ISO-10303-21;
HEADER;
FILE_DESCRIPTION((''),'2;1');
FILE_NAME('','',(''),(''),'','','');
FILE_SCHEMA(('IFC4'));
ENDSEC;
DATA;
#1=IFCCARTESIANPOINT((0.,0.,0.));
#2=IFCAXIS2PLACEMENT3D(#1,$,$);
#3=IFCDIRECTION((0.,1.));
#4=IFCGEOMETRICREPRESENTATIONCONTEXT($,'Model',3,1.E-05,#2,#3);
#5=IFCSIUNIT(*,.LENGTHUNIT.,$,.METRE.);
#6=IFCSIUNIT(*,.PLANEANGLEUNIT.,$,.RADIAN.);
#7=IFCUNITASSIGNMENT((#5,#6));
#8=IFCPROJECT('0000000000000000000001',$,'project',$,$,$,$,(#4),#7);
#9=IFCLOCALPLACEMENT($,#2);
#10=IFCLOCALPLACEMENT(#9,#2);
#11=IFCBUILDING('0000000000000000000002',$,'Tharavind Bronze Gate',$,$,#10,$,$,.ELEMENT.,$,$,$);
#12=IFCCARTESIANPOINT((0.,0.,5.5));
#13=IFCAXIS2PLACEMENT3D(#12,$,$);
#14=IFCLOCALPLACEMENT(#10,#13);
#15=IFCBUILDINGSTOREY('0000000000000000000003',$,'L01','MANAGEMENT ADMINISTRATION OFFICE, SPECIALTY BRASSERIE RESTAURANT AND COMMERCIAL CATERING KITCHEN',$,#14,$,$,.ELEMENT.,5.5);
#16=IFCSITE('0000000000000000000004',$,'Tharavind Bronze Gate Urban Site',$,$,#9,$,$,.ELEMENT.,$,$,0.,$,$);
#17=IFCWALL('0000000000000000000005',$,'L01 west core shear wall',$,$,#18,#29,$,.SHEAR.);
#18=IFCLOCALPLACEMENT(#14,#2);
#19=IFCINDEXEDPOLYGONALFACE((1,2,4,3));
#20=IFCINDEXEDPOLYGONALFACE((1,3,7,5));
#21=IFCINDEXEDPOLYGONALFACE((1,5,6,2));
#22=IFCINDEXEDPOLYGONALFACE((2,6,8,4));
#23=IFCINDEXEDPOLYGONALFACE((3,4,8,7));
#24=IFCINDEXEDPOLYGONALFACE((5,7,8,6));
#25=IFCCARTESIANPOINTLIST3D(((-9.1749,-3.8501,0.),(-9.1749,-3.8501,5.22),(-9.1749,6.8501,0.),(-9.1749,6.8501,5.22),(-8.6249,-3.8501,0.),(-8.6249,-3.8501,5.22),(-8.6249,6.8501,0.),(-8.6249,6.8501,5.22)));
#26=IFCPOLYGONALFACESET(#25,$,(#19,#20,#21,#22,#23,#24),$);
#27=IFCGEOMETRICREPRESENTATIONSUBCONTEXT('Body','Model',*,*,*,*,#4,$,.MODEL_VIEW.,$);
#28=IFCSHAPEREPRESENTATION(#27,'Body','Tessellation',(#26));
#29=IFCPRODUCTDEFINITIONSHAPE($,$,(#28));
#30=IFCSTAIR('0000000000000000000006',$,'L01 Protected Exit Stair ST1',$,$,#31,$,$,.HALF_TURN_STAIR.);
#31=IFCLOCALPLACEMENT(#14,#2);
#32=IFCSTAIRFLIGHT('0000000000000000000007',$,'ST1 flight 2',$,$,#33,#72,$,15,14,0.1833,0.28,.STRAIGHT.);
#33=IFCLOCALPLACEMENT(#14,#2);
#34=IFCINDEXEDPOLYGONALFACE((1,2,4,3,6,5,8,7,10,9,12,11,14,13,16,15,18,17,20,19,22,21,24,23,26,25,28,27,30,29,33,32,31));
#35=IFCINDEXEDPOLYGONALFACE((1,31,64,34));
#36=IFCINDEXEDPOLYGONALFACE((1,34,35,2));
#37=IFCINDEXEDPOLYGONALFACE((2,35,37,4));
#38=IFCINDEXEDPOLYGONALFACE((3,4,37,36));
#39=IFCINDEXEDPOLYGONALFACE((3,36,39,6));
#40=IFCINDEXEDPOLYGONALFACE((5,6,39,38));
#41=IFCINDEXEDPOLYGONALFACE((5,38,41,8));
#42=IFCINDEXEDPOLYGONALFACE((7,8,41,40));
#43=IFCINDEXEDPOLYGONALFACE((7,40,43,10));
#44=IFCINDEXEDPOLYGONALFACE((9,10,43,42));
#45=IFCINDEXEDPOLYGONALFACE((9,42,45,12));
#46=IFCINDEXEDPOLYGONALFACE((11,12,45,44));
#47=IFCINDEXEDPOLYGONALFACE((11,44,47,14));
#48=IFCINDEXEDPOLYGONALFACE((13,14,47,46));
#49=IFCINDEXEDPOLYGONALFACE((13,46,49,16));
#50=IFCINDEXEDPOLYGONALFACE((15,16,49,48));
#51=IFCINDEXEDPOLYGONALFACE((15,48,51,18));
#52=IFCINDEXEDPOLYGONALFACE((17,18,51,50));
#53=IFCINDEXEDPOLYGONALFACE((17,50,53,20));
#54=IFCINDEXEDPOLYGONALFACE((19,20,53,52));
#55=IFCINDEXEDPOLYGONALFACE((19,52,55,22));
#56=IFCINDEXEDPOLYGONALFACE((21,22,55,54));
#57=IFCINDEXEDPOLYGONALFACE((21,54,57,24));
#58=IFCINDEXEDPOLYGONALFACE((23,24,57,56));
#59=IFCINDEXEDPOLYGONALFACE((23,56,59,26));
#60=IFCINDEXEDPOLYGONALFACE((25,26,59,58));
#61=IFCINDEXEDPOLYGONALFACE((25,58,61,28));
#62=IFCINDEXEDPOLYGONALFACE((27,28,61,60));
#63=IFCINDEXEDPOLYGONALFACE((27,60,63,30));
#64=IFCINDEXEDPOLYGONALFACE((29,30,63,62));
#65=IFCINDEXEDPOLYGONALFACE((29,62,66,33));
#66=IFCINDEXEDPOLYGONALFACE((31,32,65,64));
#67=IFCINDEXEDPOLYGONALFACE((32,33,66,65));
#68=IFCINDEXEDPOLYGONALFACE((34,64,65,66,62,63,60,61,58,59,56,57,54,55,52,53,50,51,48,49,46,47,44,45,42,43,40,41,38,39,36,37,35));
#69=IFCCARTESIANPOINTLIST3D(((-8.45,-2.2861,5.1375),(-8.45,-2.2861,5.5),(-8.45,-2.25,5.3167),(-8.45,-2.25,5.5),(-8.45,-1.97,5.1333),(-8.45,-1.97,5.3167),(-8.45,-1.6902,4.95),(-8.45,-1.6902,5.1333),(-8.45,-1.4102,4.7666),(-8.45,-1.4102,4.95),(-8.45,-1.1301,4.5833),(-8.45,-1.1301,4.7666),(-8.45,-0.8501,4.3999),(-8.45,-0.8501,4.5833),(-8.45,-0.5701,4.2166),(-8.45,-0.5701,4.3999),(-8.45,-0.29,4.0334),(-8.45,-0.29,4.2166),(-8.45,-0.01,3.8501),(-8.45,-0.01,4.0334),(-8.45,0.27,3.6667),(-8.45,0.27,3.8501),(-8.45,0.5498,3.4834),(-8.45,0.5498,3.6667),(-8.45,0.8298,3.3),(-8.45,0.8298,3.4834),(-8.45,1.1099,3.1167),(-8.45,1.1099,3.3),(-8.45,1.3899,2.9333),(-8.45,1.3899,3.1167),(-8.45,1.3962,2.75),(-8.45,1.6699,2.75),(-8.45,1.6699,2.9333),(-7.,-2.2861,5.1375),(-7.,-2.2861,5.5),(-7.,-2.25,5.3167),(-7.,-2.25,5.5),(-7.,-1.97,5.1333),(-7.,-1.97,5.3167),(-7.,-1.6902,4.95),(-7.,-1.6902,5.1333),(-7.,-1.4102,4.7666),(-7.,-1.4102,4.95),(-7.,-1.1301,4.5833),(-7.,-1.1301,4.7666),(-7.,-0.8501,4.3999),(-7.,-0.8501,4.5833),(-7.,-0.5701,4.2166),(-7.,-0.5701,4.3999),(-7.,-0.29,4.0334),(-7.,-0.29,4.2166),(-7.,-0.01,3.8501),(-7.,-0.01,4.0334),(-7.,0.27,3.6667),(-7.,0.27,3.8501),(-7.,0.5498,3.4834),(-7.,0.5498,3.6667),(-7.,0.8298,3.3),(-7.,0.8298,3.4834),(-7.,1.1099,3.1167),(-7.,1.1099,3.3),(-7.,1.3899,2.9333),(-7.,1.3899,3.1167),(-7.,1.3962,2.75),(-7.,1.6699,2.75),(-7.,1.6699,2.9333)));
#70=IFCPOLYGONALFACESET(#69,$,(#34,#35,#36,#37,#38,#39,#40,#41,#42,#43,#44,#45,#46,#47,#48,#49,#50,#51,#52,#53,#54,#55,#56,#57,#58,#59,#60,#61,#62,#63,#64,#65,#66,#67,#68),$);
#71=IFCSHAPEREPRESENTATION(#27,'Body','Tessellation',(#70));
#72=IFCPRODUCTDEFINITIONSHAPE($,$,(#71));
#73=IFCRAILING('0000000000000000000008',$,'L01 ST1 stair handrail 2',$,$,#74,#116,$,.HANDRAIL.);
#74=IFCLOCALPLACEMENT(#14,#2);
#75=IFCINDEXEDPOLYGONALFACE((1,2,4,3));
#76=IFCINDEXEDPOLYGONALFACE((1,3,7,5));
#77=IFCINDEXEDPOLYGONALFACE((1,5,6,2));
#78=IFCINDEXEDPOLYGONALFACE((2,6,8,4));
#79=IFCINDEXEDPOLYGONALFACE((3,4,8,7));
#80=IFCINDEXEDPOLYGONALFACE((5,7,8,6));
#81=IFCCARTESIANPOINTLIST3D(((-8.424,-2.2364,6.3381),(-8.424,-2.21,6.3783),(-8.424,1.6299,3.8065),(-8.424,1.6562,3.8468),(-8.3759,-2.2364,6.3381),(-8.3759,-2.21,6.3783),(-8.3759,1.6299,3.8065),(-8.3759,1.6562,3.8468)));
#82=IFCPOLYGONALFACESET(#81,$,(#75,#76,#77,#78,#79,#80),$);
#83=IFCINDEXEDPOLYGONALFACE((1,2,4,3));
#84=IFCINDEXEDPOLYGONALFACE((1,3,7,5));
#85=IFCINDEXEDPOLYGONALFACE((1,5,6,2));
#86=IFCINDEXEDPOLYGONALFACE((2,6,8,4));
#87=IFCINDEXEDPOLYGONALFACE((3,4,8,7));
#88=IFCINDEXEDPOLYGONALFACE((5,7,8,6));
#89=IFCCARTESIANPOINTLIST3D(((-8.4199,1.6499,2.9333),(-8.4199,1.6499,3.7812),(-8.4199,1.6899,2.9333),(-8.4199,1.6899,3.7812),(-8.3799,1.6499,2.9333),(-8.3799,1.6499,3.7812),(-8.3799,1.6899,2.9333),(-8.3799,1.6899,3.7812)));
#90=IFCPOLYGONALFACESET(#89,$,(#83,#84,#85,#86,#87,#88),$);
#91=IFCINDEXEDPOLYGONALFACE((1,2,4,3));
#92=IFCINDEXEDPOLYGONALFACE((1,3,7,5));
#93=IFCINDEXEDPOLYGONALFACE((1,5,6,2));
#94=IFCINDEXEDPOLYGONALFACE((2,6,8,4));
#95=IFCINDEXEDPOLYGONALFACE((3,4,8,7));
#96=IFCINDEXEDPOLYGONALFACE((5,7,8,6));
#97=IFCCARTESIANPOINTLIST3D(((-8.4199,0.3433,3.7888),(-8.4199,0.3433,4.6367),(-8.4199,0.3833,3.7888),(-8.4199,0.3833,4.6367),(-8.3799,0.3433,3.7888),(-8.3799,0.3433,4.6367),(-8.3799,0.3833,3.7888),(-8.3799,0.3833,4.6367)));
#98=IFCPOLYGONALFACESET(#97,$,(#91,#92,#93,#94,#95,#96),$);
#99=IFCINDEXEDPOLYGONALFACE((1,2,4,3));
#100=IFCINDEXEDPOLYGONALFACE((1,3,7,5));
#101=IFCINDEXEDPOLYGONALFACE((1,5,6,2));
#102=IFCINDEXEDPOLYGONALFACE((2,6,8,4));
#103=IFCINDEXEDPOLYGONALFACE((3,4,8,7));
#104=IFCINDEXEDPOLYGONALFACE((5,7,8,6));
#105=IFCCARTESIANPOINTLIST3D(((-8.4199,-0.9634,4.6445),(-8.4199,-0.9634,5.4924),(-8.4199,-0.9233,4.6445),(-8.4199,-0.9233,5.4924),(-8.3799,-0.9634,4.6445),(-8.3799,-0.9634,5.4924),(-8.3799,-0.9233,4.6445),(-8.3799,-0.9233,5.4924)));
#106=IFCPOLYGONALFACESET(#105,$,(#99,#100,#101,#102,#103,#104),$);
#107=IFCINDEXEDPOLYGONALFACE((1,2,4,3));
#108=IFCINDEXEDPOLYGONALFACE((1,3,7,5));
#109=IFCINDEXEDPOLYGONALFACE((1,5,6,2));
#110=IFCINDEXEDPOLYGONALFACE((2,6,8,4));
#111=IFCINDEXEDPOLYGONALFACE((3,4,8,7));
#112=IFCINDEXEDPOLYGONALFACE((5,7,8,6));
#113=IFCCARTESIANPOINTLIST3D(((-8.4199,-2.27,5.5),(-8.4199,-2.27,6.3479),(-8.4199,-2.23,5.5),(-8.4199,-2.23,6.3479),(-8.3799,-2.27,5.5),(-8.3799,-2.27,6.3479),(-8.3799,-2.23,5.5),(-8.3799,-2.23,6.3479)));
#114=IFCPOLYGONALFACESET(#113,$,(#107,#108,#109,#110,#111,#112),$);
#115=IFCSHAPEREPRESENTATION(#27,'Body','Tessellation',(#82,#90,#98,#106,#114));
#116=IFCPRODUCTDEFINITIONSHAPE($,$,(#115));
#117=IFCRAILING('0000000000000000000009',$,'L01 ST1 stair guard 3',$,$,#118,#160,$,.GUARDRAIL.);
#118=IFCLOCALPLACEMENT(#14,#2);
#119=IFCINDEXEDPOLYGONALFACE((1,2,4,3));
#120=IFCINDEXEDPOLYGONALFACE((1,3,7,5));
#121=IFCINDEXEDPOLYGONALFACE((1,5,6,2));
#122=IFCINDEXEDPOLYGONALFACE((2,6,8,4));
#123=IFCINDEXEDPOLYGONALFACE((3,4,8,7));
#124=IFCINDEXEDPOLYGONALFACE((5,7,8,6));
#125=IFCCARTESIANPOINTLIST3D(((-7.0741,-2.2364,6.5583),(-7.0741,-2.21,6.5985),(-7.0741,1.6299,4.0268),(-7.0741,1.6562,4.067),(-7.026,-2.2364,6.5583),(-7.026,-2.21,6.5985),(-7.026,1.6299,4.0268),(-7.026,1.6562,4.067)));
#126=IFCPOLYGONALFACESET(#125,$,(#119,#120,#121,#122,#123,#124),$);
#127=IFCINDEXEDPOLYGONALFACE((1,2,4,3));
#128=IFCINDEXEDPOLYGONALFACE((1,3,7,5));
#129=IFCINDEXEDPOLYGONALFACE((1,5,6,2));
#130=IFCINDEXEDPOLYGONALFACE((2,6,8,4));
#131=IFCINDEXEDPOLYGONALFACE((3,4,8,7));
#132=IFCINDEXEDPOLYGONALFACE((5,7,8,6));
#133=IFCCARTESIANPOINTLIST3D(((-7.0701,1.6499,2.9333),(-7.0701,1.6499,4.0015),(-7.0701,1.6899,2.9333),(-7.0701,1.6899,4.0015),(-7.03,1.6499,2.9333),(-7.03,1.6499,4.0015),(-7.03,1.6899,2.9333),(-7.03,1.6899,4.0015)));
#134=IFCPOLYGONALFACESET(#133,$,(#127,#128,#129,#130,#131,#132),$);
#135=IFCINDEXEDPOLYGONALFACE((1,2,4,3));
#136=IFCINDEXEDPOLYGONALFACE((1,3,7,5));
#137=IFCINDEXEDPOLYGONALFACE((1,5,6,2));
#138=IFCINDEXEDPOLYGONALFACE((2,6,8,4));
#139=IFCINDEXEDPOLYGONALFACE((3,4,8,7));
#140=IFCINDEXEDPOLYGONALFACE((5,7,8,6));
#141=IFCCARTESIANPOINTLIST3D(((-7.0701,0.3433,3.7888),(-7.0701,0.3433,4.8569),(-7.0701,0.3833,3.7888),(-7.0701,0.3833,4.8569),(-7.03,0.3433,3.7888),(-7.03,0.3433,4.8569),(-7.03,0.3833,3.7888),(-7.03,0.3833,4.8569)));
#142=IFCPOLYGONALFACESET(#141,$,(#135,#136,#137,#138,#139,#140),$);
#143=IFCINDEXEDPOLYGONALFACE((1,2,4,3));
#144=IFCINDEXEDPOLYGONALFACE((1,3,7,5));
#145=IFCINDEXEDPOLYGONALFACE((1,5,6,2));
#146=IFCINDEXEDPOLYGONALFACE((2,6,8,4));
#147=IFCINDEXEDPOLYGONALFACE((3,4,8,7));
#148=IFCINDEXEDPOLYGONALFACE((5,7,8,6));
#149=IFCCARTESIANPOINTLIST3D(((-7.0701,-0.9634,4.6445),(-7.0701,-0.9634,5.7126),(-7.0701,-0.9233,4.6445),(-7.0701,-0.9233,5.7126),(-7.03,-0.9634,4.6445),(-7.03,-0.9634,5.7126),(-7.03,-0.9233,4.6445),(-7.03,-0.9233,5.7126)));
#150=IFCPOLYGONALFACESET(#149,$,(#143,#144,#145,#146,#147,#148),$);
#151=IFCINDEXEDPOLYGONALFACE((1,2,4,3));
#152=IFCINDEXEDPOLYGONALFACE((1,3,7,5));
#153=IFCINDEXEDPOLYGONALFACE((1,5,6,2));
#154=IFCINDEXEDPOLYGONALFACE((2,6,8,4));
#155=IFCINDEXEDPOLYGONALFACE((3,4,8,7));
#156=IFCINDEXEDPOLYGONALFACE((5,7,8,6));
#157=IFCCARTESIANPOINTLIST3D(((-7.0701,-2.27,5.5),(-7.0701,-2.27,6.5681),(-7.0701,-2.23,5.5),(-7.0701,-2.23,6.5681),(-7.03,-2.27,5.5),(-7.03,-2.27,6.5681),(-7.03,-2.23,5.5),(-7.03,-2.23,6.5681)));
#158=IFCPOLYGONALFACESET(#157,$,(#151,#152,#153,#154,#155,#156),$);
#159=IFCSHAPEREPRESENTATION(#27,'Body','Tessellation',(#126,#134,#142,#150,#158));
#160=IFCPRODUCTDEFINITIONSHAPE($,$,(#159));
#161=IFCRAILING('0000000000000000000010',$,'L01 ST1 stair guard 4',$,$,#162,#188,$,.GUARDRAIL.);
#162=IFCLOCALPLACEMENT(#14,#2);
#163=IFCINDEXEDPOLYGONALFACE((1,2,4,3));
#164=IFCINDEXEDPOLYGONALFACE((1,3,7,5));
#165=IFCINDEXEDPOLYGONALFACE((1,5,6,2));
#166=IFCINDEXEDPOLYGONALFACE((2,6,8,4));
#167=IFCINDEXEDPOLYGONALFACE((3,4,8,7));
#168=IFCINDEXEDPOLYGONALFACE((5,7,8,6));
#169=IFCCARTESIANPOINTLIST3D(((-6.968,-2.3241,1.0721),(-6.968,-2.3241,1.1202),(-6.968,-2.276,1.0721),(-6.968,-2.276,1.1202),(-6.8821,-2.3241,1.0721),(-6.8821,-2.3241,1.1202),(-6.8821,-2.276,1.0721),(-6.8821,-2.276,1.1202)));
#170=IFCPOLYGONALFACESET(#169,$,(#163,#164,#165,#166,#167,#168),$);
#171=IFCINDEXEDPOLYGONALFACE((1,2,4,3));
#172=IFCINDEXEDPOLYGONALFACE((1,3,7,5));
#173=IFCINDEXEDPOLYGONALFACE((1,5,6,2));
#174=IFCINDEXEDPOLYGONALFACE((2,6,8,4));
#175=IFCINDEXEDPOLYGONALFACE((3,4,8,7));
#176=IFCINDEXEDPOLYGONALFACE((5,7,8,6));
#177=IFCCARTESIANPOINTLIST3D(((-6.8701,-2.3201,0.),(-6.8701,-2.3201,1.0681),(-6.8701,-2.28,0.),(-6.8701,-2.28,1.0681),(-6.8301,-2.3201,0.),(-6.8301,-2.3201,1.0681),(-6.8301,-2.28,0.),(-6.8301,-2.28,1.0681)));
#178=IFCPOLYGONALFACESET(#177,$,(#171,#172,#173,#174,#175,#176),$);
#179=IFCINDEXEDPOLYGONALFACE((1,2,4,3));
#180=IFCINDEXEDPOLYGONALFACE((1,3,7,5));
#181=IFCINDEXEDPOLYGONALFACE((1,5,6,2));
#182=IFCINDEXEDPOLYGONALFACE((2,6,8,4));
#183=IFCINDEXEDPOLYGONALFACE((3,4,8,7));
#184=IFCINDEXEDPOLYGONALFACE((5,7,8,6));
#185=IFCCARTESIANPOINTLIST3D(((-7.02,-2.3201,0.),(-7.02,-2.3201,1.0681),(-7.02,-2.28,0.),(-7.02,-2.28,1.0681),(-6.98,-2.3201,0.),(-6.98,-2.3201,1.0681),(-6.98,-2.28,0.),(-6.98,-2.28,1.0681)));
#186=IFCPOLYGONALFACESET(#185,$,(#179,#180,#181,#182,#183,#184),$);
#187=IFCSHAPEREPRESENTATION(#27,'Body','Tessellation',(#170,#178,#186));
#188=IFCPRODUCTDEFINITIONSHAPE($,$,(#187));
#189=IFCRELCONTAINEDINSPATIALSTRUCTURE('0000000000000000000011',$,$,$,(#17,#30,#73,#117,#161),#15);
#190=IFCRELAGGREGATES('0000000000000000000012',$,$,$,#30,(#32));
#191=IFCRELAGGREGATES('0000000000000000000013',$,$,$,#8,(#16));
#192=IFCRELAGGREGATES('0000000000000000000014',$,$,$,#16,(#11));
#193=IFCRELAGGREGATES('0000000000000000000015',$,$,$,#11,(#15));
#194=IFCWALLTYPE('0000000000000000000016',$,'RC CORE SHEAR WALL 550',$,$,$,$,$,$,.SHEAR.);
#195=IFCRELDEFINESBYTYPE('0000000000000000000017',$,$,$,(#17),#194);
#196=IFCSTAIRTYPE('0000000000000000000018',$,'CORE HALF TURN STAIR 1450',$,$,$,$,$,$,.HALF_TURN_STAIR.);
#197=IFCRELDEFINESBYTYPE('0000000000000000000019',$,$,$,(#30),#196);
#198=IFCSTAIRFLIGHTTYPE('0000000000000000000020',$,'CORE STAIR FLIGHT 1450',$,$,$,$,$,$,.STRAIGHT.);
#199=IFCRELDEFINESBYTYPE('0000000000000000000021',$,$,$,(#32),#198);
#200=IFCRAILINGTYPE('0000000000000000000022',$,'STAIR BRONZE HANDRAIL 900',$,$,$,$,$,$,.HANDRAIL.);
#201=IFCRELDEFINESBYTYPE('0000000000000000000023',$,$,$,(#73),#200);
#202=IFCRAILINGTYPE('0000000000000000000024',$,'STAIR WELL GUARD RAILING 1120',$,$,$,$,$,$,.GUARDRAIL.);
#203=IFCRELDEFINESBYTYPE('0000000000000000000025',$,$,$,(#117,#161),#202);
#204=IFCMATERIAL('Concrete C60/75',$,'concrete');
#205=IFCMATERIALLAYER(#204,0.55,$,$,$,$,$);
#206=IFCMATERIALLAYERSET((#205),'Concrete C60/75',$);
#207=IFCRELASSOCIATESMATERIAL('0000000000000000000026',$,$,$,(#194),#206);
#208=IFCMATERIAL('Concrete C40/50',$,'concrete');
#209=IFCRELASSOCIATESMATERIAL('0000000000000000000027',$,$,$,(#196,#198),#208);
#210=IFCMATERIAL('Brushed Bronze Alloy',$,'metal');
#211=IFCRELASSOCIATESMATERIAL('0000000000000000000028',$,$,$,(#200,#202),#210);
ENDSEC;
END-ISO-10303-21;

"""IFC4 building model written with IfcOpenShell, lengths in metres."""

from ifc_helpers import new_model, si_unit, direction, frame, frame_2d, origin, origin_2d, place, context, subcontext, project, spatial, polyline, rectangle, outline, extrude, material, layer, layer_set, type_object, element, aggregate, save


model = new_model("IFC4")

# Units and contexts
model_context = context("Model", 3, precision=1e-05, world=origin(), true_north=direction((0.0, 1.0)))
body_context = subcontext(model_context, "Body", "Model", "MODEL_VIEW")
ifc_project = project(units=[si_unit("LENGTHUNIT", "METRE"), si_unit("PLANEANGLEUNIT", "RADIAN")], contexts=[model_context])

# Site, building, storey
site_placement = place(None, origin())
site = spatial("IfcSite", under=ifc_project, at=site_placement, Name="Tharavind Bronze Gate Urban Site", CompositionType="ELEMENT", RefElevation=0.0)
building_placement = place(site_placement, origin())
building = spatial("IfcBuilding", under=site, at=building_placement, Name="Tharavind Bronze Gate", CompositionType="ELEMENT")
storey_placement = place(building_placement, frame((0.0, 0.0, 5.5)))
storey = spatial("IfcBuildingStorey", under=building, at=storey_placement, Name="L01", Description="MANAGEMENT ADMINISTRATION OFFICE, SPECIALTY BRASSERIE RESTAURANT AND COMMERCIAL CATERING KITCHEN", CompositionType="ELEMENT", Elevation=5.5)

# Shared definitions
ifc_material_1 = material(Name="Concrete C60/75", Category="concrete")

# Wall
ifc_layer_1 = layer(ifc_material_1, 0.55)
ifc_layer_set_1 = layer_set([ifc_layer_1], Name="Concrete C60/75")
wall_type_1 = type_object("IfcWallType", Name="RC CORE SHEAR WALL 550", PredefinedType="SHEAR", material=ifc_layer_set_1)
wall_1_placement = place(storey_placement, frame((-8.8999, -3.8501, 0.0), z_axis=(0.0, 0.0, 1.0), x_axis=(0.0, 1.0, 0.0)))
element("IfcWall", 1, at=wall_1_placement, inside=storey, type_object=wall_type_1, Name="L01 west core shear wall", PredefinedType="SHEAR", context=body_context, shape_type="SweptSolid", body=[
    extrude(rectangle(XDim=10.7002, YDim=0.55, at=frame_2d((5.3501, 0.0))), origin(), (0.0, 0.0, 1.0), 5.22),
])

# Stair, stair flight
ifc_material_2 = material(Name="Concrete C40/50", Category="concrete")
stair_type = type_object("IfcStairType", Name="CORE HALF TURN STAIR 1450", PredefinedType="HALF_TURN_STAIR", material=ifc_material_2)
stair_placement = place(storey_placement, origin())
stair = element("IfcStair", 2, at=stair_placement, inside=storey, type_object=stair_type, Name="L01 Protected Exit Stair ST1", PredefinedType="HALF_TURN_STAIR")
stair_flight_type = type_object("IfcStairFlightType", Name="CORE STAIR FLIGHT 1450", PredefinedType="STRAIGHT", material=ifc_material_2)
stair_flight_placement = place(storey_placement, frame((-7.7251, 1.6699, 2.75), z_axis=(0.0, 0.0, 1.0), x_axis=(0.0, -1.0, 0.0)))
stair_flight = element("IfcStairFlight", 3, at=stair_flight_placement, type_object=stair_flight_type, Name="ST1 flight 2", NumberOfRisers=15, NumberOfTreads=14, PredefinedType="STRAIGHT", RiserHeight=0.1833, TreadLength=0.28, context=body_context, shape_type="SweptSolid", body=[
    extrude(outline(polyline([(0.0, 0.0), (0.0, 0.1833), (0.28, 0.1833), (0.28, 0.3667), (0.5601, 0.3667), (0.5601, 0.55), (0.8401, 0.55), (0.8401, 0.7334), (1.1201, 0.7334), (1.1201, 0.9167), (1.3999, 0.9167), (1.3999, 1.1001), (1.6799, 1.1001), (1.6799, 1.2834), (1.96, 1.2834), (1.96, 1.4666), (2.24, 1.4666), (2.24, 1.6499), (2.52, 1.6499), (2.52, 1.8333), (2.8, 1.8333), (2.8, 2.0166), (3.0801, 2.0166), (3.0801, 2.2), (3.3601, 2.2), (3.3601, 2.3833), (3.6399, 2.3833), (3.6399, 2.5667), (3.9199, 2.5667), (3.9199, 2.75), (3.9561, 2.75), (3.9561, 2.3875), (0.2737, 0.0), (0.0, 0.0)])), frame((0.0, 0.7251, 0.0), z_axis=(0.0, -1.0, 0.0), x_axis=(1.0, 0.0, 0.0)), (0.0, 0.0, 1.0), 1.45),
])
aggregate(stair, [stair_flight])

# Railings
ifc_material_3 = material(Name="Brushed Bronze Alloy", Category="metal")
railing_type_1 = type_object("IfcRailingType", Name="STAIR BRONZE HANDRAIL 900", PredefinedType="HANDRAIL", material=ifc_material_3)
railing_1_placement = place(storey_placement, frame((-8.3999, 1.6699, 2.9333)))
element("IfcRailing", 4, at=railing_1_placement, inside=storey, type_object=railing_type_1, Name="L01 ST1 stair handrail 2", PredefinedType="HANDRAIL", context=body_context, shape_type="SweptSolid", body=[
    extrude(rectangle(XDim=0.0481, YDim=0.0481, at=origin_2d()), frame((0.0, -0.0269, 0.8933), z_axis=(0.0, -0.836615, 0.547791), x_axis=(1.0, 0.0, 0.0)), (0.0, 0.0, 1.0), 4.6213),
    extrude(rectangle(XDim=0.04, YDim=0.04, at=origin_2d()), origin(), (0.0, 0.0, 1.0), 0.8479),
    extrude(rectangle(XDim=0.04, YDim=0.04, at=origin_2d()), frame((0.0, -1.3066, 0.8555)), (0.0, 0.0, 1.0), 0.8479),
    extrude(rectangle(XDim=0.04, YDim=0.04, at=origin_2d()), frame((0.0, -2.6133, 1.7112)), (0.0, 0.0, 1.0), 0.8479),
    extrude(rectangle(XDim=0.04, YDim=0.04, at=origin_2d()), frame((0.0, -3.9199, 2.5667)), (0.0, 0.0, 1.0), 0.8479),
])
railing_type_2 = type_object("IfcRailingType", Name="STAIR WELL GUARD RAILING 1120", PredefinedType="GUARDRAIL", material=ifc_material_3)
railing_2_placement = place(storey_placement, frame((-7.05, 1.6699, 2.9333)))
element("IfcRailing", 5, at=railing_2_placement, inside=storey, type_object=railing_type_2, Name="L01 ST1 stair guard 3", PredefinedType="GUARDRAIL", context=body_context, shape_type="SweptSolid", body=[
    extrude(rectangle(XDim=0.0481, YDim=0.0481, at=origin_2d()), frame((0.0, -0.0269, 1.1135), z_axis=(0.0, -0.836615, 0.547791), x_axis=(1.0, 0.0, 0.0)), (0.0, 0.0, 1.0), 4.6213),
    extrude(rectangle(XDim=0.04, YDim=0.04, at=origin_2d()), origin(), (0.0, 0.0, 1.0), 1.0681),
    extrude(rectangle(XDim=0.04, YDim=0.04, at=origin_2d()), frame((0.0, -1.3066, 0.8555)), (0.0, 0.0, 1.0), 1.0681),
    extrude(rectangle(XDim=0.04, YDim=0.04, at=origin_2d()), frame((0.0, -2.6133, 1.7112)), (0.0, 0.0, 1.0), 1.0681),
    extrude(rectangle(XDim=0.04, YDim=0.04, at=origin_2d()), frame((0.0, -3.9199, 2.5667)), (0.0, 0.0, 1.0), 1.0681),
])
railing_3_placement = place(storey_placement, frame((-6.8501, -2.3, 0.0)))
element("IfcRailing", 6, at=railing_3_placement, inside=storey, type_object=railing_type_2, Name="L01 ST1 stair guard 4", PredefinedType="GUARDRAIL", context=body_context, shape_type="SweptSolid", body=[
    extrude(rectangle(XDim=0.0481, YDim=0.0481, at=origin_2d()), frame((-0.032, 0.0, 1.0962), z_axis=(-1.0, 0.0, 0.0), x_axis=(0.0, -1.0, 0.0)), (0.0, 0.0, 1.0), 0.0859),
    extrude(rectangle(XDim=0.04, YDim=0.04, at=origin_2d()), origin(), (0.0, 0.0, 1.0), 1.0681),
    extrude(rectangle(XDim=0.04, YDim=0.04, at=origin_2d()), frame((-0.1499, 0.0, 0.0)), (0.0, 0.0, 1.0), 1.0681),
])

save(model, "model.ifc")
